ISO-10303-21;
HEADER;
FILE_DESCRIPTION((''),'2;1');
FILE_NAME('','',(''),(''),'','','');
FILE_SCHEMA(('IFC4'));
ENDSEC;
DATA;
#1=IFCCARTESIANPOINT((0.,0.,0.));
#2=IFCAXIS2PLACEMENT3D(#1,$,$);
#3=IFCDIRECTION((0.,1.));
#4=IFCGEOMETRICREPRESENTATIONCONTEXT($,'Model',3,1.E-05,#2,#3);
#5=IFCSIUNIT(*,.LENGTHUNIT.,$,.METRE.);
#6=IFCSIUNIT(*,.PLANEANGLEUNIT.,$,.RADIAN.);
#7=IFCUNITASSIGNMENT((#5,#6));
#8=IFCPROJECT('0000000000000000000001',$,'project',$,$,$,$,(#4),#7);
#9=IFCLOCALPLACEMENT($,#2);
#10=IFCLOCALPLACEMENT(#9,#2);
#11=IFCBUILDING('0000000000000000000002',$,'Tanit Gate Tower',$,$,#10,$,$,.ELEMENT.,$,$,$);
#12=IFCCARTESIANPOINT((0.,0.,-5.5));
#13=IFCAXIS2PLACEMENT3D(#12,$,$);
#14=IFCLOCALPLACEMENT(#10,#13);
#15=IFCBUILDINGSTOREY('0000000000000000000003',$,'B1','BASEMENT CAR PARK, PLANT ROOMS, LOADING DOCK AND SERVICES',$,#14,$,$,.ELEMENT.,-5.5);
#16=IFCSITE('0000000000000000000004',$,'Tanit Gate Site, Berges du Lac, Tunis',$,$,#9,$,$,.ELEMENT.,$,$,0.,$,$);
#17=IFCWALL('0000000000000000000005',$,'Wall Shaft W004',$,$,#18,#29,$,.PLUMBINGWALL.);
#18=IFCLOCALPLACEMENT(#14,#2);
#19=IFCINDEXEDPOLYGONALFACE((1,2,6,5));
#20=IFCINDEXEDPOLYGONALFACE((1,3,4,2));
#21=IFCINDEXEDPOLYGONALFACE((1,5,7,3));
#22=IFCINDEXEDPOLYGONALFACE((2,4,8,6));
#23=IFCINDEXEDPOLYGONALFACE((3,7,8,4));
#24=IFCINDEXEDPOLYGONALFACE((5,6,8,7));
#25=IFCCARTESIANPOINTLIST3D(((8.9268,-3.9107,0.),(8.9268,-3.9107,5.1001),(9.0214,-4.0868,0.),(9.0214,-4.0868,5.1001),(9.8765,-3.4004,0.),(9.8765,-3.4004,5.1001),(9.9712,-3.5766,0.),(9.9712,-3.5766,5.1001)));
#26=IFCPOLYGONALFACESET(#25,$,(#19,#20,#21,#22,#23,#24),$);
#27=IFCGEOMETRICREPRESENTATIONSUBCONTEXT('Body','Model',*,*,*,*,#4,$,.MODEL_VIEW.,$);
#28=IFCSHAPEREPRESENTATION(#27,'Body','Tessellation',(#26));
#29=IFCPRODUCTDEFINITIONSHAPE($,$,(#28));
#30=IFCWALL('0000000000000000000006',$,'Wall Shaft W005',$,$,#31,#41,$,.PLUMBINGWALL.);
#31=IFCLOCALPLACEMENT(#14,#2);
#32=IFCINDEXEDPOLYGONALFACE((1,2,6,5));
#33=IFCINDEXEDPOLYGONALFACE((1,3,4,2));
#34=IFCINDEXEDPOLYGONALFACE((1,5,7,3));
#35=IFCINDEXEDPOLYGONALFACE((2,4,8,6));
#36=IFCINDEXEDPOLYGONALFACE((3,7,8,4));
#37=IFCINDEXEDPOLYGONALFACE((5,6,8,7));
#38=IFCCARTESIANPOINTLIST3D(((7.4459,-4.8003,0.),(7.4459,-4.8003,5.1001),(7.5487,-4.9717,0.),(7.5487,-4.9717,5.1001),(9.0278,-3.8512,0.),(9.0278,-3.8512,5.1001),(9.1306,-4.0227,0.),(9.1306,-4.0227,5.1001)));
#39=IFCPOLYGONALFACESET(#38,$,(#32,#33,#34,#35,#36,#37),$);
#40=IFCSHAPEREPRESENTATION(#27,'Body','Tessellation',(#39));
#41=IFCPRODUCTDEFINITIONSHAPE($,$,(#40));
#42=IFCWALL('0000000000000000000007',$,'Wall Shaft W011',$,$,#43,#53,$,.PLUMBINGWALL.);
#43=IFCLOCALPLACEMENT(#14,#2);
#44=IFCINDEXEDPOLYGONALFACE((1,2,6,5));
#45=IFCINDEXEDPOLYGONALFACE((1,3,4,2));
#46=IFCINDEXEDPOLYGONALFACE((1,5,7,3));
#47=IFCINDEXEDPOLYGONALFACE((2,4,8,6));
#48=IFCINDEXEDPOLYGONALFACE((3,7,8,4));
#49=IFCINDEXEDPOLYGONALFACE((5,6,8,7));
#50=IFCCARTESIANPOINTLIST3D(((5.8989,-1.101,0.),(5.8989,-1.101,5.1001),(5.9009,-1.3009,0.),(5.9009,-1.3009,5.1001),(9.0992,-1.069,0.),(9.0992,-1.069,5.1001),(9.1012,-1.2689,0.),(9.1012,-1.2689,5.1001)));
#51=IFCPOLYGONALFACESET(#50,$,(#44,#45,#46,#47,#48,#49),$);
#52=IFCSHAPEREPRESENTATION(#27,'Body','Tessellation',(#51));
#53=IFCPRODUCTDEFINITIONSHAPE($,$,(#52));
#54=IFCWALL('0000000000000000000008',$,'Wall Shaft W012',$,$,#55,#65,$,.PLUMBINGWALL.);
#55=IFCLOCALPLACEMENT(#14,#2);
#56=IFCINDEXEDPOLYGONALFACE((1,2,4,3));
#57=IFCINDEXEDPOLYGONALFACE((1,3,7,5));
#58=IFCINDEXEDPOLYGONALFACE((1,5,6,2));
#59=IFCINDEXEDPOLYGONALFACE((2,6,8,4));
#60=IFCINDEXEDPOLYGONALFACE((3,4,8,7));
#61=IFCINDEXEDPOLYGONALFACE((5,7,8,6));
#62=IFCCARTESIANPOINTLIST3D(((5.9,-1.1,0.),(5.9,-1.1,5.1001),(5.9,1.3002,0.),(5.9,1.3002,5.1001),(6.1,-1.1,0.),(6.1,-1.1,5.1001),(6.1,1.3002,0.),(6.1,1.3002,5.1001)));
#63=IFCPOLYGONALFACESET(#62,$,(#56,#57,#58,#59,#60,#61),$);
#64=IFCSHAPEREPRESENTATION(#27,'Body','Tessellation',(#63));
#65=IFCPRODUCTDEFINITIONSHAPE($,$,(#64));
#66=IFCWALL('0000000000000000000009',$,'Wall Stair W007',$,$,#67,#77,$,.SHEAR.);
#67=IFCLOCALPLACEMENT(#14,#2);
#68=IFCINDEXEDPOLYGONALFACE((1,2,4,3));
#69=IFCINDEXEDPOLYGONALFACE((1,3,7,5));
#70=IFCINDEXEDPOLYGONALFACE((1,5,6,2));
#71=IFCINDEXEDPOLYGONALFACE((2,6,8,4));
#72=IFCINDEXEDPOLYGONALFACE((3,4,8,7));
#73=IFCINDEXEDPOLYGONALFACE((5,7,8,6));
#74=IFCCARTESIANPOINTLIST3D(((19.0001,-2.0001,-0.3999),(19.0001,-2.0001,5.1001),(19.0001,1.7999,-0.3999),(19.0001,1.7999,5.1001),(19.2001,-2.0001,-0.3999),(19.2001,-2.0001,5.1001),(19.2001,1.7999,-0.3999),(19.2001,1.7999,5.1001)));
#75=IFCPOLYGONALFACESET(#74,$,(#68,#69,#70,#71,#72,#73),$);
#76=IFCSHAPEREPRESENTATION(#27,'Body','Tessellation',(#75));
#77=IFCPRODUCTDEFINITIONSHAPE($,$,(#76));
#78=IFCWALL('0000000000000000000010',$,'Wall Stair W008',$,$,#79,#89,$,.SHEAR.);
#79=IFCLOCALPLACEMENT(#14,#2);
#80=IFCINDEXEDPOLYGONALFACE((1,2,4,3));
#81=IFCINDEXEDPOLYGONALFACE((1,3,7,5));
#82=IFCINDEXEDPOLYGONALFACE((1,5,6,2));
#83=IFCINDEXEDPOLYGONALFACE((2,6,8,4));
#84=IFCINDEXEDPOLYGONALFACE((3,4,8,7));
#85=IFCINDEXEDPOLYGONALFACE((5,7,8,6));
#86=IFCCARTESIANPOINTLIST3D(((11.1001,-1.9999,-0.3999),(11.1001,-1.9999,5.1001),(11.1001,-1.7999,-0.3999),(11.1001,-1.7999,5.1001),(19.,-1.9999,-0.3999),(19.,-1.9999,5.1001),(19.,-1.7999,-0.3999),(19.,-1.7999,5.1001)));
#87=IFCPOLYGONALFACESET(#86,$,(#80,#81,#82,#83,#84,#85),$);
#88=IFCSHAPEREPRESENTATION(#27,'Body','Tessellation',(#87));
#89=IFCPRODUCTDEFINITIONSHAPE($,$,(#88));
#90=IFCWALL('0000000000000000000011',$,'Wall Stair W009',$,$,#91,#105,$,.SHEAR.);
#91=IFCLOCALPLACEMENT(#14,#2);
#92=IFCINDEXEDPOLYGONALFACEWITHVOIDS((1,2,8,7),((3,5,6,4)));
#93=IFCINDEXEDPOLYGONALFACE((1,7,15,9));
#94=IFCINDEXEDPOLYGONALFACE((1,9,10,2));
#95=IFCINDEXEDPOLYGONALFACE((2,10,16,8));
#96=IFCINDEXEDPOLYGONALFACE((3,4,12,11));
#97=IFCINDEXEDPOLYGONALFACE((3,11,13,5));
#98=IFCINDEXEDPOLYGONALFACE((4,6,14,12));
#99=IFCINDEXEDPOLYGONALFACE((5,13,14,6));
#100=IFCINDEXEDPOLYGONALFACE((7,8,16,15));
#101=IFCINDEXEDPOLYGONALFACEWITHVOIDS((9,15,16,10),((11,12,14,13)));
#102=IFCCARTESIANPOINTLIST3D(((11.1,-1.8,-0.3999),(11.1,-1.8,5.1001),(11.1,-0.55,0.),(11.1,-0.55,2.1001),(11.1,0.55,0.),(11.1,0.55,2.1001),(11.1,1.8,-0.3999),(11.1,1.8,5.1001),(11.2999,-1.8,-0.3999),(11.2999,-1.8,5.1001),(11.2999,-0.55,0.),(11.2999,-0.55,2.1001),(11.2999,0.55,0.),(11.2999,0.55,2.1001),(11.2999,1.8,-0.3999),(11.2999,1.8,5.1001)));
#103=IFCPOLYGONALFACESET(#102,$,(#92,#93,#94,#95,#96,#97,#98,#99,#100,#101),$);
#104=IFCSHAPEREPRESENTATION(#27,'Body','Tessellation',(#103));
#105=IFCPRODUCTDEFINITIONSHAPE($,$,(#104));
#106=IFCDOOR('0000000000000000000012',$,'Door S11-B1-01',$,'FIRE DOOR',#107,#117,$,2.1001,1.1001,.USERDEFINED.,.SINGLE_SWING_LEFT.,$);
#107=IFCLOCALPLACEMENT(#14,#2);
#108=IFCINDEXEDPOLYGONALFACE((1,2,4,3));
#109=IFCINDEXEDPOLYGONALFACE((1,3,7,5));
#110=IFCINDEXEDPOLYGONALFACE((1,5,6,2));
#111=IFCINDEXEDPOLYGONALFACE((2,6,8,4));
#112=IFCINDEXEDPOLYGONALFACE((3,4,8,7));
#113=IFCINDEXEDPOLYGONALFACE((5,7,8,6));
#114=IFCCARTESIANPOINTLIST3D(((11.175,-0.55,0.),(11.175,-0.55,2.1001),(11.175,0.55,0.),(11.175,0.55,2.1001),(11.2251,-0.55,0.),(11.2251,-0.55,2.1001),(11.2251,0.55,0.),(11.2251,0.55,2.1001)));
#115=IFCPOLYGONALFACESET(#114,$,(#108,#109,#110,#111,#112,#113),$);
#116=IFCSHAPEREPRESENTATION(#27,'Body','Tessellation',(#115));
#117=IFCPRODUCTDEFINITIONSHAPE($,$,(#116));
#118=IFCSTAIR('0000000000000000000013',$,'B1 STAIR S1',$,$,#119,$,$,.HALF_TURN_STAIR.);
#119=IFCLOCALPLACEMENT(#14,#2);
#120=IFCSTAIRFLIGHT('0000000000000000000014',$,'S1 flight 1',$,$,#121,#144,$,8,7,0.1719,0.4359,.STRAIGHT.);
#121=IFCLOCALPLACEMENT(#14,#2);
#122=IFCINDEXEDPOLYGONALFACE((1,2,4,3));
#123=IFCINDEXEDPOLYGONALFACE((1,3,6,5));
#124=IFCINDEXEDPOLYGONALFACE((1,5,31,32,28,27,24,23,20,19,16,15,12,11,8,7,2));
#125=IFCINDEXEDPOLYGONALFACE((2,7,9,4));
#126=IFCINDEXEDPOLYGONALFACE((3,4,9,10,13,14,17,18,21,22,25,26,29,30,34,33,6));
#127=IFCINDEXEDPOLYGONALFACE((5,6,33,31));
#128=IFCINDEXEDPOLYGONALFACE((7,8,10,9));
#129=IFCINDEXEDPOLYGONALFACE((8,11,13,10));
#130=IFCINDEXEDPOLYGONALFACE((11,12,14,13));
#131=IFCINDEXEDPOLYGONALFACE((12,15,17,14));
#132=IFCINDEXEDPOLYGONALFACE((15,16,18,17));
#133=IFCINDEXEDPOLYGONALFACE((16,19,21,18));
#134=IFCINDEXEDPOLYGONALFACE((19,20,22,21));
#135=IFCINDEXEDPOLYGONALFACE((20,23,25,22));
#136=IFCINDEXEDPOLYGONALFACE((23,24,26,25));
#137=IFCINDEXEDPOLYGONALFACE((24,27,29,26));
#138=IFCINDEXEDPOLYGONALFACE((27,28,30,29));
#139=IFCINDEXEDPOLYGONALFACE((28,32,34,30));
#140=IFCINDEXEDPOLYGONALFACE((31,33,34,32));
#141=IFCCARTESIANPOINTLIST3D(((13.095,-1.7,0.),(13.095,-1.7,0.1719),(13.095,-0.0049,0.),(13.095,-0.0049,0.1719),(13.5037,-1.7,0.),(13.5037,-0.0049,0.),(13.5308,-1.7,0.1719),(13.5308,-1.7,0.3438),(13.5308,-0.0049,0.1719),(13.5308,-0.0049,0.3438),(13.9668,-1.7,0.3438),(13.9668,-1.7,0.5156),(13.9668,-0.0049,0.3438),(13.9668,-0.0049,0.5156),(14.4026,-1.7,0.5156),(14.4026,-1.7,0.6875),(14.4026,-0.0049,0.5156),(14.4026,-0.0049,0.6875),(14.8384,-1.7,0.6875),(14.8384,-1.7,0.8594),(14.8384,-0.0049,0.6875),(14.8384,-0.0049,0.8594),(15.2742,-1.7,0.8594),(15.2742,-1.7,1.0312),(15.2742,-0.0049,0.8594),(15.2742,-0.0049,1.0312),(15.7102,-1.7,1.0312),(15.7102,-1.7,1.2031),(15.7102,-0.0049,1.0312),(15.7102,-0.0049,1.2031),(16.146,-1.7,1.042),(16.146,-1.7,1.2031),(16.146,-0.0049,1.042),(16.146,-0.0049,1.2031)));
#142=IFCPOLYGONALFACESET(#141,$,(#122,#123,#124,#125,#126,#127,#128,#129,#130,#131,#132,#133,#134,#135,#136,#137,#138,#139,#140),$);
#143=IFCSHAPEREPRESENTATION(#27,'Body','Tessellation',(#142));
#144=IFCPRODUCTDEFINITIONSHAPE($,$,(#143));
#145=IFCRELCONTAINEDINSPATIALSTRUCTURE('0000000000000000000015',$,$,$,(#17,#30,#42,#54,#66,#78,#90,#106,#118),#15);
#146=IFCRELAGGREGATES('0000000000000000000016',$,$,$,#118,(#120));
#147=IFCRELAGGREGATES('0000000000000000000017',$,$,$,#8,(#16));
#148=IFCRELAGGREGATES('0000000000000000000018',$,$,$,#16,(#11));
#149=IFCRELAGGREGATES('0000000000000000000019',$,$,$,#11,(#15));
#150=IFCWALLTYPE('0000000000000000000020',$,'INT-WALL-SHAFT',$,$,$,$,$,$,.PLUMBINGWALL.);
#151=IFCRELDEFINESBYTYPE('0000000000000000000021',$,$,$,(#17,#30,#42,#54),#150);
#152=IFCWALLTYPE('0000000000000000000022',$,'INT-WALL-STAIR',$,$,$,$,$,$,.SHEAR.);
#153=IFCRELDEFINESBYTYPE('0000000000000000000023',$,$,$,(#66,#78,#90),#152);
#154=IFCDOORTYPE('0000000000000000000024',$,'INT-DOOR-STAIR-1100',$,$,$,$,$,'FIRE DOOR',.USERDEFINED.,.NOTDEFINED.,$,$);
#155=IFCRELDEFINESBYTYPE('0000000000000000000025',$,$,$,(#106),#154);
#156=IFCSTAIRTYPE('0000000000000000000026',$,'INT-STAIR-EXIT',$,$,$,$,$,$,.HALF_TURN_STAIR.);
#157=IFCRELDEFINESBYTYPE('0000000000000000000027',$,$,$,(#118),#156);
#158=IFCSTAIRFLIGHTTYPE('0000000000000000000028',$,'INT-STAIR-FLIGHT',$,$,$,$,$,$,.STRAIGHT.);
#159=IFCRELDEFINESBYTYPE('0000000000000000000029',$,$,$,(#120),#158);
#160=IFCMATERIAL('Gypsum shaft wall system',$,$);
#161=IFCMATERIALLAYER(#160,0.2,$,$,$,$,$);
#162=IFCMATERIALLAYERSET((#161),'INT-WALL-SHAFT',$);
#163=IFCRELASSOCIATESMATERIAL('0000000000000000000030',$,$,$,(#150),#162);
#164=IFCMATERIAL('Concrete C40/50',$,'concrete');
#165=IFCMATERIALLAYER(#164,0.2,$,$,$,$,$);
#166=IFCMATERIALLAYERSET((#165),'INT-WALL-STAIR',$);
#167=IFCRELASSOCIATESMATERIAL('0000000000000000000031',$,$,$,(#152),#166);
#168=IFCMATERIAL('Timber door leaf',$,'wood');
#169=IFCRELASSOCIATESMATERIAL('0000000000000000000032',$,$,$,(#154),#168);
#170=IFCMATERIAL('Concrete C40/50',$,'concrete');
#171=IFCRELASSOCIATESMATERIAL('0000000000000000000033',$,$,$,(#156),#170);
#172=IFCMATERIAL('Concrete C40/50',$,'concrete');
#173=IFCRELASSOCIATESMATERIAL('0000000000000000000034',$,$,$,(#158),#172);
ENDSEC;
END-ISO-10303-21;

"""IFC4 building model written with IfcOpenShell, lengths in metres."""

from ifc_helpers import new_model, si_unit, direction, frame, frame_2d, origin, place, context, subcontext, project, spatial, polyline, rectangle, outline, extrude, material, layer, layer_set, type_object, element, fill, aggregate, save


model = new_model("IFC4")

# Units and contexts
model_context = context("Model", 3, precision=1e-05, world=origin(), true_north=direction((0.0, 1.0)))
body_context = subcontext(model_context, "Body", "Model", "MODEL_VIEW")
ifc_project = project(units=[si_unit("LENGTHUNIT", "METRE"), si_unit("PLANEANGLEUNIT", "RADIAN")], contexts=[model_context])

# Site, building, storey
site_placement = place(None, origin())
site = spatial("IfcSite", under=ifc_project, at=site_placement, Name="Tanit Gate Site, Berges du Lac, Tunis", CompositionType="ELEMENT", RefElevation=0.0)
building_placement = place(site_placement, origin())
building = spatial("IfcBuilding", under=site, at=building_placement, Name="Tanit Gate Tower", CompositionType="ELEMENT")
storey_placement = place(building_placement, frame((0.0, 0.0, -5.5)))
storey = spatial("IfcBuildingStorey", under=building, at=storey_placement, Name="B1", Description="BASEMENT CAR PARK, PLANT ROOMS, LOADING DOCK AND SERVICES", CompositionType="ELEMENT", Elevation=-5.5)

# Walls
ifc_material_1 = material(Name="Gypsum shaft wall system")
ifc_layer_1 = layer(ifc_material_1, 0.2)
ifc_layer_set_1 = layer_set([ifc_layer_1], Name="INT-WALL-SHAFT")
wall_type_1 = type_object("IfcWallType", Name="INT-WALL-SHAFT", PredefinedType="PLUMBINGWALL", material=ifc_layer_set_1)
wall_1_placement = place(storey_placement, frame((8.9741, -3.9988, 0.0), z_axis=(0.0, 0.0, 1.0), x_axis=(0.880907, 0.473289, 0.0)))
element("IfcWall", 1, at=wall_1_placement, inside=storey, type_object=wall_type_1, Name="Wall Shaft W004", PredefinedType="PLUMBINGWALL", context=body_context, shape_type="SweptSolid", body=[
    extrude(rectangle(XDim=1.0781, YDim=0.2, at=frame_2d((0.5391, 0.0))), origin(), (0.0, 0.0, 1.0), 5.1001),
])
wall_2_placement = place(storey_placement, frame((7.4973, -4.886, 0.0), z_axis=(0.0, 0.0, 1.0), x_axis=(0.857516, 0.514457, 0.0)))
element("IfcWall", 2, at=wall_2_placement, inside=storey, type_object=wall_type_1, Name="Wall Shaft W005", PredefinedType="PLUMBINGWALL", context=body_context, shape_type="SweptSolid", body=[
    extrude(rectangle(XDim=1.8447, YDim=0.2, at=frame_2d((0.9224, 0.0))), origin(), (0.0, 0.0, 1.0), 5.1001),
])
wall_3_placement = place(storey_placement, frame((9.1001, -1.1689, 0.0), z_axis=(0.0, 0.0, 1.0), x_axis=(-0.99995, -0.009993, 0.0)))
element("IfcWall", 3, at=wall_3_placement, inside=storey, type_object=wall_type_1, Name="Wall Shaft W011", PredefinedType="PLUMBINGWALL", context=body_context, shape_type="SweptSolid", body=[
    extrude(rectangle(XDim=3.2004, YDim=0.2, at=frame_2d((1.6001, 0.0))), origin(), (0.0, 0.0, 1.0), 5.1001),
])
wall_4_placement = place(storey_placement, frame((6.0, -1.1001, 0.0), z_axis=(0.0, 0.0, 1.0), x_axis=(0.0, 1.0, 0.0)))
element("IfcWall", 4, at=wall_4_placement, inside=storey, type_object=wall_type_1, Name="Wall Shaft W012", PredefinedType="PLUMBINGWALL", context=body_context, shape_type="SweptSolid", body=[
    extrude(rectangle(XDim=2.4001, YDim=0.2, at=frame_2d((1.2002, 0.0))), origin(), (0.0, 0.0, 1.0), 5.1001),
])
ifc_material_2 = material(Name="Concrete C40/50", Category="concrete")
ifc_layer_2 = layer(ifc_material_2, 0.2)
ifc_layer_set_2 = layer_set([ifc_layer_2], Name="INT-WALL-STAIR")
wall_type_2 = type_object("IfcWallType", Name="INT-WALL-STAIR", PredefinedType="SHEAR", material=ifc_layer_set_2)
wall_5_placement = place(storey_placement, frame((19.1001, -2.0, -0.3999), z_axis=(0.0, 0.0, 1.0), x_axis=(0.0, 1.0, 0.0)))
element("IfcWall", 5, at=wall_5_placement, inside=storey, type_object=wall_type_2, Name="Wall Stair W007", PredefinedType="SHEAR", context=body_context, shape_type="SweptSolid", body=[
    extrude(rectangle(XDim=3.8, YDim=0.2, at=frame_2d((1.8999, 0.0))), origin(), (0.0, 0.0, 1.0), 5.5),
])
wall_6_placement = place(storey_placement, frame((11.1001, -1.8999, -0.3999), z_axis=(0.0, 0.0, 1.0), x_axis=(1.0, 0.0, 0.0)))
element("IfcWall", 6, at=wall_6_placement, inside=storey, type_object=wall_type_2, Name="Wall Stair W008", PredefinedType="SHEAR", context=body_context, shape_type="SweptSolid", body=[
    extrude(rectangle(XDim=7.8999, YDim=0.2, at=frame_2d((3.95, 0.0))), origin(), (0.0, 0.0, 1.0), 5.5),
])

# Wall, opening, door
wall_7_placement = place(storey_placement, frame((11.2, -1.8, -0.3999), z_axis=(0.0, 0.0, 1.0), x_axis=(0.0, 1.0, 0.0)))
wall_7 = element("IfcWall", 7, at=wall_7_placement, inside=storey, type_object=wall_type_2, Name="Wall Stair W009", PredefinedType="SHEAR", context=body_context, shape_type="SweptSolid", body=[
    extrude(rectangle(XDim=3.6001, YDim=0.2, at=frame_2d((1.8, 0.0))), origin(), (0.0, 0.0, 1.0), 5.5),
])
opening_1_placement = place(wall_7_placement, frame((1.25, 0.0, 0.3999)))
opening_1 = element("IfcOpeningElement", 8, at=opening_1_placement, cuts=wall_7, PredefinedType="OPENING", context=body_context, shape_type="SweptSolid", body=[
    extrude(rectangle(XDim=1.1001, YDim=2.1001, at=frame_2d((0.55, 1.05))), frame((0.0, 0.1099, 0.0), z_axis=(0.0, -1.0, 0.0), x_axis=(1.0, 0.0, 0.0)), (0.0, 0.0, 1.0), 0.22),
])
ifc_material_3 = material(Name="Timber door leaf", Category="wood")
door_type_1 = type_object("IfcDoorType", Name="INT-DOOR-STAIR-1100", ElementType="FIRE DOOR", OperationType="NOTDEFINED", PredefinedType="USERDEFINED", material=ifc_material_3)
door_1_placement = place(opening_1_placement, origin())
door_1 = element("IfcDoor", 9, at=door_1_placement, inside=storey, type_object=door_type_1, Name="Door S11-B1-01", ObjectType="FIRE DOOR", OperationType="SINGLE_SWING_LEFT", OverallHeight=2.1001, OverallWidth=1.1001, PredefinedType="USERDEFINED", context=body_context, shape_type="SweptSolid", body=[
    extrude(rectangle(XDim=1.1001, YDim=2.1001, at=frame_2d((0.55, 1.05))), frame((0.0, 0.0249, 0.0), z_axis=(0.0, -1.0, 0.0), x_axis=(1.0, 0.0, 0.0)), (0.0, 0.0, 1.0), 0.05),
])
fill(opening_1, door_1)

# Stair, stair flight
ifc_material_4 = material(Name="Concrete C40/50", Category="concrete")
stair_type = type_object("IfcStairType", Name="INT-STAIR-EXIT", PredefinedType="HALF_TURN_STAIR", material=ifc_material_4)
stair_placement = place(storey_placement, origin())
stair = element("IfcStair", 10, at=stair_placement, inside=storey, type_object=stair_type, Name="B1 STAIR S1", PredefinedType="HALF_TURN_STAIR")
ifc_material_5 = material(Name="Concrete C40/50", Category="concrete")
stair_flight_type = type_object("IfcStairFlightType", Name="INT-STAIR-FLIGHT", PredefinedType="STRAIGHT", material=ifc_material_5)
stair_flight_placement = place(storey_placement, frame((13.095, -0.8525, 0.0), z_axis=(0.0, 0.0, 1.0), x_axis=(1.0, 0.0, 0.0)))
stair_flight = element("IfcStairFlight", 11, at=stair_flight_placement, type_object=stair_flight_type, Name="S1 flight 1", NumberOfRisers=8, NumberOfTreads=7, PredefinedType="STRAIGHT", RiserHeight=0.1719, TreadLength=0.4359, context=body_context, shape_type="SweptSolid", body=[
    extrude(outline(polyline([(0.0, 0.0), (0.0, 0.1719), (0.4358, 0.1719), (0.4358, 0.3438), (0.8718, 0.3438), (0.8718, 0.5156), (1.3076, 0.5156), (1.3076, 0.6875), (1.7434, 0.6875), (1.7434, 0.8594), (2.1792, 0.8594), (2.1792, 1.0312), (2.6152, 1.0312), (2.6152, 1.2031), (3.051, 1.2031), (3.051, 1.375), (3.051, 1.042), (0.4087, 0.0), (0.0, 0.0)])), frame((0.0, 0.8477, 0.0), z_axis=(0.0, -1.0, 0.0), x_axis=(1.0, 0.0, 0.0)), (0.0, 0.0, 1.0), 1.6951),
])
aggregate(stair, [stair_flight])

save(model, "model.ifc")
